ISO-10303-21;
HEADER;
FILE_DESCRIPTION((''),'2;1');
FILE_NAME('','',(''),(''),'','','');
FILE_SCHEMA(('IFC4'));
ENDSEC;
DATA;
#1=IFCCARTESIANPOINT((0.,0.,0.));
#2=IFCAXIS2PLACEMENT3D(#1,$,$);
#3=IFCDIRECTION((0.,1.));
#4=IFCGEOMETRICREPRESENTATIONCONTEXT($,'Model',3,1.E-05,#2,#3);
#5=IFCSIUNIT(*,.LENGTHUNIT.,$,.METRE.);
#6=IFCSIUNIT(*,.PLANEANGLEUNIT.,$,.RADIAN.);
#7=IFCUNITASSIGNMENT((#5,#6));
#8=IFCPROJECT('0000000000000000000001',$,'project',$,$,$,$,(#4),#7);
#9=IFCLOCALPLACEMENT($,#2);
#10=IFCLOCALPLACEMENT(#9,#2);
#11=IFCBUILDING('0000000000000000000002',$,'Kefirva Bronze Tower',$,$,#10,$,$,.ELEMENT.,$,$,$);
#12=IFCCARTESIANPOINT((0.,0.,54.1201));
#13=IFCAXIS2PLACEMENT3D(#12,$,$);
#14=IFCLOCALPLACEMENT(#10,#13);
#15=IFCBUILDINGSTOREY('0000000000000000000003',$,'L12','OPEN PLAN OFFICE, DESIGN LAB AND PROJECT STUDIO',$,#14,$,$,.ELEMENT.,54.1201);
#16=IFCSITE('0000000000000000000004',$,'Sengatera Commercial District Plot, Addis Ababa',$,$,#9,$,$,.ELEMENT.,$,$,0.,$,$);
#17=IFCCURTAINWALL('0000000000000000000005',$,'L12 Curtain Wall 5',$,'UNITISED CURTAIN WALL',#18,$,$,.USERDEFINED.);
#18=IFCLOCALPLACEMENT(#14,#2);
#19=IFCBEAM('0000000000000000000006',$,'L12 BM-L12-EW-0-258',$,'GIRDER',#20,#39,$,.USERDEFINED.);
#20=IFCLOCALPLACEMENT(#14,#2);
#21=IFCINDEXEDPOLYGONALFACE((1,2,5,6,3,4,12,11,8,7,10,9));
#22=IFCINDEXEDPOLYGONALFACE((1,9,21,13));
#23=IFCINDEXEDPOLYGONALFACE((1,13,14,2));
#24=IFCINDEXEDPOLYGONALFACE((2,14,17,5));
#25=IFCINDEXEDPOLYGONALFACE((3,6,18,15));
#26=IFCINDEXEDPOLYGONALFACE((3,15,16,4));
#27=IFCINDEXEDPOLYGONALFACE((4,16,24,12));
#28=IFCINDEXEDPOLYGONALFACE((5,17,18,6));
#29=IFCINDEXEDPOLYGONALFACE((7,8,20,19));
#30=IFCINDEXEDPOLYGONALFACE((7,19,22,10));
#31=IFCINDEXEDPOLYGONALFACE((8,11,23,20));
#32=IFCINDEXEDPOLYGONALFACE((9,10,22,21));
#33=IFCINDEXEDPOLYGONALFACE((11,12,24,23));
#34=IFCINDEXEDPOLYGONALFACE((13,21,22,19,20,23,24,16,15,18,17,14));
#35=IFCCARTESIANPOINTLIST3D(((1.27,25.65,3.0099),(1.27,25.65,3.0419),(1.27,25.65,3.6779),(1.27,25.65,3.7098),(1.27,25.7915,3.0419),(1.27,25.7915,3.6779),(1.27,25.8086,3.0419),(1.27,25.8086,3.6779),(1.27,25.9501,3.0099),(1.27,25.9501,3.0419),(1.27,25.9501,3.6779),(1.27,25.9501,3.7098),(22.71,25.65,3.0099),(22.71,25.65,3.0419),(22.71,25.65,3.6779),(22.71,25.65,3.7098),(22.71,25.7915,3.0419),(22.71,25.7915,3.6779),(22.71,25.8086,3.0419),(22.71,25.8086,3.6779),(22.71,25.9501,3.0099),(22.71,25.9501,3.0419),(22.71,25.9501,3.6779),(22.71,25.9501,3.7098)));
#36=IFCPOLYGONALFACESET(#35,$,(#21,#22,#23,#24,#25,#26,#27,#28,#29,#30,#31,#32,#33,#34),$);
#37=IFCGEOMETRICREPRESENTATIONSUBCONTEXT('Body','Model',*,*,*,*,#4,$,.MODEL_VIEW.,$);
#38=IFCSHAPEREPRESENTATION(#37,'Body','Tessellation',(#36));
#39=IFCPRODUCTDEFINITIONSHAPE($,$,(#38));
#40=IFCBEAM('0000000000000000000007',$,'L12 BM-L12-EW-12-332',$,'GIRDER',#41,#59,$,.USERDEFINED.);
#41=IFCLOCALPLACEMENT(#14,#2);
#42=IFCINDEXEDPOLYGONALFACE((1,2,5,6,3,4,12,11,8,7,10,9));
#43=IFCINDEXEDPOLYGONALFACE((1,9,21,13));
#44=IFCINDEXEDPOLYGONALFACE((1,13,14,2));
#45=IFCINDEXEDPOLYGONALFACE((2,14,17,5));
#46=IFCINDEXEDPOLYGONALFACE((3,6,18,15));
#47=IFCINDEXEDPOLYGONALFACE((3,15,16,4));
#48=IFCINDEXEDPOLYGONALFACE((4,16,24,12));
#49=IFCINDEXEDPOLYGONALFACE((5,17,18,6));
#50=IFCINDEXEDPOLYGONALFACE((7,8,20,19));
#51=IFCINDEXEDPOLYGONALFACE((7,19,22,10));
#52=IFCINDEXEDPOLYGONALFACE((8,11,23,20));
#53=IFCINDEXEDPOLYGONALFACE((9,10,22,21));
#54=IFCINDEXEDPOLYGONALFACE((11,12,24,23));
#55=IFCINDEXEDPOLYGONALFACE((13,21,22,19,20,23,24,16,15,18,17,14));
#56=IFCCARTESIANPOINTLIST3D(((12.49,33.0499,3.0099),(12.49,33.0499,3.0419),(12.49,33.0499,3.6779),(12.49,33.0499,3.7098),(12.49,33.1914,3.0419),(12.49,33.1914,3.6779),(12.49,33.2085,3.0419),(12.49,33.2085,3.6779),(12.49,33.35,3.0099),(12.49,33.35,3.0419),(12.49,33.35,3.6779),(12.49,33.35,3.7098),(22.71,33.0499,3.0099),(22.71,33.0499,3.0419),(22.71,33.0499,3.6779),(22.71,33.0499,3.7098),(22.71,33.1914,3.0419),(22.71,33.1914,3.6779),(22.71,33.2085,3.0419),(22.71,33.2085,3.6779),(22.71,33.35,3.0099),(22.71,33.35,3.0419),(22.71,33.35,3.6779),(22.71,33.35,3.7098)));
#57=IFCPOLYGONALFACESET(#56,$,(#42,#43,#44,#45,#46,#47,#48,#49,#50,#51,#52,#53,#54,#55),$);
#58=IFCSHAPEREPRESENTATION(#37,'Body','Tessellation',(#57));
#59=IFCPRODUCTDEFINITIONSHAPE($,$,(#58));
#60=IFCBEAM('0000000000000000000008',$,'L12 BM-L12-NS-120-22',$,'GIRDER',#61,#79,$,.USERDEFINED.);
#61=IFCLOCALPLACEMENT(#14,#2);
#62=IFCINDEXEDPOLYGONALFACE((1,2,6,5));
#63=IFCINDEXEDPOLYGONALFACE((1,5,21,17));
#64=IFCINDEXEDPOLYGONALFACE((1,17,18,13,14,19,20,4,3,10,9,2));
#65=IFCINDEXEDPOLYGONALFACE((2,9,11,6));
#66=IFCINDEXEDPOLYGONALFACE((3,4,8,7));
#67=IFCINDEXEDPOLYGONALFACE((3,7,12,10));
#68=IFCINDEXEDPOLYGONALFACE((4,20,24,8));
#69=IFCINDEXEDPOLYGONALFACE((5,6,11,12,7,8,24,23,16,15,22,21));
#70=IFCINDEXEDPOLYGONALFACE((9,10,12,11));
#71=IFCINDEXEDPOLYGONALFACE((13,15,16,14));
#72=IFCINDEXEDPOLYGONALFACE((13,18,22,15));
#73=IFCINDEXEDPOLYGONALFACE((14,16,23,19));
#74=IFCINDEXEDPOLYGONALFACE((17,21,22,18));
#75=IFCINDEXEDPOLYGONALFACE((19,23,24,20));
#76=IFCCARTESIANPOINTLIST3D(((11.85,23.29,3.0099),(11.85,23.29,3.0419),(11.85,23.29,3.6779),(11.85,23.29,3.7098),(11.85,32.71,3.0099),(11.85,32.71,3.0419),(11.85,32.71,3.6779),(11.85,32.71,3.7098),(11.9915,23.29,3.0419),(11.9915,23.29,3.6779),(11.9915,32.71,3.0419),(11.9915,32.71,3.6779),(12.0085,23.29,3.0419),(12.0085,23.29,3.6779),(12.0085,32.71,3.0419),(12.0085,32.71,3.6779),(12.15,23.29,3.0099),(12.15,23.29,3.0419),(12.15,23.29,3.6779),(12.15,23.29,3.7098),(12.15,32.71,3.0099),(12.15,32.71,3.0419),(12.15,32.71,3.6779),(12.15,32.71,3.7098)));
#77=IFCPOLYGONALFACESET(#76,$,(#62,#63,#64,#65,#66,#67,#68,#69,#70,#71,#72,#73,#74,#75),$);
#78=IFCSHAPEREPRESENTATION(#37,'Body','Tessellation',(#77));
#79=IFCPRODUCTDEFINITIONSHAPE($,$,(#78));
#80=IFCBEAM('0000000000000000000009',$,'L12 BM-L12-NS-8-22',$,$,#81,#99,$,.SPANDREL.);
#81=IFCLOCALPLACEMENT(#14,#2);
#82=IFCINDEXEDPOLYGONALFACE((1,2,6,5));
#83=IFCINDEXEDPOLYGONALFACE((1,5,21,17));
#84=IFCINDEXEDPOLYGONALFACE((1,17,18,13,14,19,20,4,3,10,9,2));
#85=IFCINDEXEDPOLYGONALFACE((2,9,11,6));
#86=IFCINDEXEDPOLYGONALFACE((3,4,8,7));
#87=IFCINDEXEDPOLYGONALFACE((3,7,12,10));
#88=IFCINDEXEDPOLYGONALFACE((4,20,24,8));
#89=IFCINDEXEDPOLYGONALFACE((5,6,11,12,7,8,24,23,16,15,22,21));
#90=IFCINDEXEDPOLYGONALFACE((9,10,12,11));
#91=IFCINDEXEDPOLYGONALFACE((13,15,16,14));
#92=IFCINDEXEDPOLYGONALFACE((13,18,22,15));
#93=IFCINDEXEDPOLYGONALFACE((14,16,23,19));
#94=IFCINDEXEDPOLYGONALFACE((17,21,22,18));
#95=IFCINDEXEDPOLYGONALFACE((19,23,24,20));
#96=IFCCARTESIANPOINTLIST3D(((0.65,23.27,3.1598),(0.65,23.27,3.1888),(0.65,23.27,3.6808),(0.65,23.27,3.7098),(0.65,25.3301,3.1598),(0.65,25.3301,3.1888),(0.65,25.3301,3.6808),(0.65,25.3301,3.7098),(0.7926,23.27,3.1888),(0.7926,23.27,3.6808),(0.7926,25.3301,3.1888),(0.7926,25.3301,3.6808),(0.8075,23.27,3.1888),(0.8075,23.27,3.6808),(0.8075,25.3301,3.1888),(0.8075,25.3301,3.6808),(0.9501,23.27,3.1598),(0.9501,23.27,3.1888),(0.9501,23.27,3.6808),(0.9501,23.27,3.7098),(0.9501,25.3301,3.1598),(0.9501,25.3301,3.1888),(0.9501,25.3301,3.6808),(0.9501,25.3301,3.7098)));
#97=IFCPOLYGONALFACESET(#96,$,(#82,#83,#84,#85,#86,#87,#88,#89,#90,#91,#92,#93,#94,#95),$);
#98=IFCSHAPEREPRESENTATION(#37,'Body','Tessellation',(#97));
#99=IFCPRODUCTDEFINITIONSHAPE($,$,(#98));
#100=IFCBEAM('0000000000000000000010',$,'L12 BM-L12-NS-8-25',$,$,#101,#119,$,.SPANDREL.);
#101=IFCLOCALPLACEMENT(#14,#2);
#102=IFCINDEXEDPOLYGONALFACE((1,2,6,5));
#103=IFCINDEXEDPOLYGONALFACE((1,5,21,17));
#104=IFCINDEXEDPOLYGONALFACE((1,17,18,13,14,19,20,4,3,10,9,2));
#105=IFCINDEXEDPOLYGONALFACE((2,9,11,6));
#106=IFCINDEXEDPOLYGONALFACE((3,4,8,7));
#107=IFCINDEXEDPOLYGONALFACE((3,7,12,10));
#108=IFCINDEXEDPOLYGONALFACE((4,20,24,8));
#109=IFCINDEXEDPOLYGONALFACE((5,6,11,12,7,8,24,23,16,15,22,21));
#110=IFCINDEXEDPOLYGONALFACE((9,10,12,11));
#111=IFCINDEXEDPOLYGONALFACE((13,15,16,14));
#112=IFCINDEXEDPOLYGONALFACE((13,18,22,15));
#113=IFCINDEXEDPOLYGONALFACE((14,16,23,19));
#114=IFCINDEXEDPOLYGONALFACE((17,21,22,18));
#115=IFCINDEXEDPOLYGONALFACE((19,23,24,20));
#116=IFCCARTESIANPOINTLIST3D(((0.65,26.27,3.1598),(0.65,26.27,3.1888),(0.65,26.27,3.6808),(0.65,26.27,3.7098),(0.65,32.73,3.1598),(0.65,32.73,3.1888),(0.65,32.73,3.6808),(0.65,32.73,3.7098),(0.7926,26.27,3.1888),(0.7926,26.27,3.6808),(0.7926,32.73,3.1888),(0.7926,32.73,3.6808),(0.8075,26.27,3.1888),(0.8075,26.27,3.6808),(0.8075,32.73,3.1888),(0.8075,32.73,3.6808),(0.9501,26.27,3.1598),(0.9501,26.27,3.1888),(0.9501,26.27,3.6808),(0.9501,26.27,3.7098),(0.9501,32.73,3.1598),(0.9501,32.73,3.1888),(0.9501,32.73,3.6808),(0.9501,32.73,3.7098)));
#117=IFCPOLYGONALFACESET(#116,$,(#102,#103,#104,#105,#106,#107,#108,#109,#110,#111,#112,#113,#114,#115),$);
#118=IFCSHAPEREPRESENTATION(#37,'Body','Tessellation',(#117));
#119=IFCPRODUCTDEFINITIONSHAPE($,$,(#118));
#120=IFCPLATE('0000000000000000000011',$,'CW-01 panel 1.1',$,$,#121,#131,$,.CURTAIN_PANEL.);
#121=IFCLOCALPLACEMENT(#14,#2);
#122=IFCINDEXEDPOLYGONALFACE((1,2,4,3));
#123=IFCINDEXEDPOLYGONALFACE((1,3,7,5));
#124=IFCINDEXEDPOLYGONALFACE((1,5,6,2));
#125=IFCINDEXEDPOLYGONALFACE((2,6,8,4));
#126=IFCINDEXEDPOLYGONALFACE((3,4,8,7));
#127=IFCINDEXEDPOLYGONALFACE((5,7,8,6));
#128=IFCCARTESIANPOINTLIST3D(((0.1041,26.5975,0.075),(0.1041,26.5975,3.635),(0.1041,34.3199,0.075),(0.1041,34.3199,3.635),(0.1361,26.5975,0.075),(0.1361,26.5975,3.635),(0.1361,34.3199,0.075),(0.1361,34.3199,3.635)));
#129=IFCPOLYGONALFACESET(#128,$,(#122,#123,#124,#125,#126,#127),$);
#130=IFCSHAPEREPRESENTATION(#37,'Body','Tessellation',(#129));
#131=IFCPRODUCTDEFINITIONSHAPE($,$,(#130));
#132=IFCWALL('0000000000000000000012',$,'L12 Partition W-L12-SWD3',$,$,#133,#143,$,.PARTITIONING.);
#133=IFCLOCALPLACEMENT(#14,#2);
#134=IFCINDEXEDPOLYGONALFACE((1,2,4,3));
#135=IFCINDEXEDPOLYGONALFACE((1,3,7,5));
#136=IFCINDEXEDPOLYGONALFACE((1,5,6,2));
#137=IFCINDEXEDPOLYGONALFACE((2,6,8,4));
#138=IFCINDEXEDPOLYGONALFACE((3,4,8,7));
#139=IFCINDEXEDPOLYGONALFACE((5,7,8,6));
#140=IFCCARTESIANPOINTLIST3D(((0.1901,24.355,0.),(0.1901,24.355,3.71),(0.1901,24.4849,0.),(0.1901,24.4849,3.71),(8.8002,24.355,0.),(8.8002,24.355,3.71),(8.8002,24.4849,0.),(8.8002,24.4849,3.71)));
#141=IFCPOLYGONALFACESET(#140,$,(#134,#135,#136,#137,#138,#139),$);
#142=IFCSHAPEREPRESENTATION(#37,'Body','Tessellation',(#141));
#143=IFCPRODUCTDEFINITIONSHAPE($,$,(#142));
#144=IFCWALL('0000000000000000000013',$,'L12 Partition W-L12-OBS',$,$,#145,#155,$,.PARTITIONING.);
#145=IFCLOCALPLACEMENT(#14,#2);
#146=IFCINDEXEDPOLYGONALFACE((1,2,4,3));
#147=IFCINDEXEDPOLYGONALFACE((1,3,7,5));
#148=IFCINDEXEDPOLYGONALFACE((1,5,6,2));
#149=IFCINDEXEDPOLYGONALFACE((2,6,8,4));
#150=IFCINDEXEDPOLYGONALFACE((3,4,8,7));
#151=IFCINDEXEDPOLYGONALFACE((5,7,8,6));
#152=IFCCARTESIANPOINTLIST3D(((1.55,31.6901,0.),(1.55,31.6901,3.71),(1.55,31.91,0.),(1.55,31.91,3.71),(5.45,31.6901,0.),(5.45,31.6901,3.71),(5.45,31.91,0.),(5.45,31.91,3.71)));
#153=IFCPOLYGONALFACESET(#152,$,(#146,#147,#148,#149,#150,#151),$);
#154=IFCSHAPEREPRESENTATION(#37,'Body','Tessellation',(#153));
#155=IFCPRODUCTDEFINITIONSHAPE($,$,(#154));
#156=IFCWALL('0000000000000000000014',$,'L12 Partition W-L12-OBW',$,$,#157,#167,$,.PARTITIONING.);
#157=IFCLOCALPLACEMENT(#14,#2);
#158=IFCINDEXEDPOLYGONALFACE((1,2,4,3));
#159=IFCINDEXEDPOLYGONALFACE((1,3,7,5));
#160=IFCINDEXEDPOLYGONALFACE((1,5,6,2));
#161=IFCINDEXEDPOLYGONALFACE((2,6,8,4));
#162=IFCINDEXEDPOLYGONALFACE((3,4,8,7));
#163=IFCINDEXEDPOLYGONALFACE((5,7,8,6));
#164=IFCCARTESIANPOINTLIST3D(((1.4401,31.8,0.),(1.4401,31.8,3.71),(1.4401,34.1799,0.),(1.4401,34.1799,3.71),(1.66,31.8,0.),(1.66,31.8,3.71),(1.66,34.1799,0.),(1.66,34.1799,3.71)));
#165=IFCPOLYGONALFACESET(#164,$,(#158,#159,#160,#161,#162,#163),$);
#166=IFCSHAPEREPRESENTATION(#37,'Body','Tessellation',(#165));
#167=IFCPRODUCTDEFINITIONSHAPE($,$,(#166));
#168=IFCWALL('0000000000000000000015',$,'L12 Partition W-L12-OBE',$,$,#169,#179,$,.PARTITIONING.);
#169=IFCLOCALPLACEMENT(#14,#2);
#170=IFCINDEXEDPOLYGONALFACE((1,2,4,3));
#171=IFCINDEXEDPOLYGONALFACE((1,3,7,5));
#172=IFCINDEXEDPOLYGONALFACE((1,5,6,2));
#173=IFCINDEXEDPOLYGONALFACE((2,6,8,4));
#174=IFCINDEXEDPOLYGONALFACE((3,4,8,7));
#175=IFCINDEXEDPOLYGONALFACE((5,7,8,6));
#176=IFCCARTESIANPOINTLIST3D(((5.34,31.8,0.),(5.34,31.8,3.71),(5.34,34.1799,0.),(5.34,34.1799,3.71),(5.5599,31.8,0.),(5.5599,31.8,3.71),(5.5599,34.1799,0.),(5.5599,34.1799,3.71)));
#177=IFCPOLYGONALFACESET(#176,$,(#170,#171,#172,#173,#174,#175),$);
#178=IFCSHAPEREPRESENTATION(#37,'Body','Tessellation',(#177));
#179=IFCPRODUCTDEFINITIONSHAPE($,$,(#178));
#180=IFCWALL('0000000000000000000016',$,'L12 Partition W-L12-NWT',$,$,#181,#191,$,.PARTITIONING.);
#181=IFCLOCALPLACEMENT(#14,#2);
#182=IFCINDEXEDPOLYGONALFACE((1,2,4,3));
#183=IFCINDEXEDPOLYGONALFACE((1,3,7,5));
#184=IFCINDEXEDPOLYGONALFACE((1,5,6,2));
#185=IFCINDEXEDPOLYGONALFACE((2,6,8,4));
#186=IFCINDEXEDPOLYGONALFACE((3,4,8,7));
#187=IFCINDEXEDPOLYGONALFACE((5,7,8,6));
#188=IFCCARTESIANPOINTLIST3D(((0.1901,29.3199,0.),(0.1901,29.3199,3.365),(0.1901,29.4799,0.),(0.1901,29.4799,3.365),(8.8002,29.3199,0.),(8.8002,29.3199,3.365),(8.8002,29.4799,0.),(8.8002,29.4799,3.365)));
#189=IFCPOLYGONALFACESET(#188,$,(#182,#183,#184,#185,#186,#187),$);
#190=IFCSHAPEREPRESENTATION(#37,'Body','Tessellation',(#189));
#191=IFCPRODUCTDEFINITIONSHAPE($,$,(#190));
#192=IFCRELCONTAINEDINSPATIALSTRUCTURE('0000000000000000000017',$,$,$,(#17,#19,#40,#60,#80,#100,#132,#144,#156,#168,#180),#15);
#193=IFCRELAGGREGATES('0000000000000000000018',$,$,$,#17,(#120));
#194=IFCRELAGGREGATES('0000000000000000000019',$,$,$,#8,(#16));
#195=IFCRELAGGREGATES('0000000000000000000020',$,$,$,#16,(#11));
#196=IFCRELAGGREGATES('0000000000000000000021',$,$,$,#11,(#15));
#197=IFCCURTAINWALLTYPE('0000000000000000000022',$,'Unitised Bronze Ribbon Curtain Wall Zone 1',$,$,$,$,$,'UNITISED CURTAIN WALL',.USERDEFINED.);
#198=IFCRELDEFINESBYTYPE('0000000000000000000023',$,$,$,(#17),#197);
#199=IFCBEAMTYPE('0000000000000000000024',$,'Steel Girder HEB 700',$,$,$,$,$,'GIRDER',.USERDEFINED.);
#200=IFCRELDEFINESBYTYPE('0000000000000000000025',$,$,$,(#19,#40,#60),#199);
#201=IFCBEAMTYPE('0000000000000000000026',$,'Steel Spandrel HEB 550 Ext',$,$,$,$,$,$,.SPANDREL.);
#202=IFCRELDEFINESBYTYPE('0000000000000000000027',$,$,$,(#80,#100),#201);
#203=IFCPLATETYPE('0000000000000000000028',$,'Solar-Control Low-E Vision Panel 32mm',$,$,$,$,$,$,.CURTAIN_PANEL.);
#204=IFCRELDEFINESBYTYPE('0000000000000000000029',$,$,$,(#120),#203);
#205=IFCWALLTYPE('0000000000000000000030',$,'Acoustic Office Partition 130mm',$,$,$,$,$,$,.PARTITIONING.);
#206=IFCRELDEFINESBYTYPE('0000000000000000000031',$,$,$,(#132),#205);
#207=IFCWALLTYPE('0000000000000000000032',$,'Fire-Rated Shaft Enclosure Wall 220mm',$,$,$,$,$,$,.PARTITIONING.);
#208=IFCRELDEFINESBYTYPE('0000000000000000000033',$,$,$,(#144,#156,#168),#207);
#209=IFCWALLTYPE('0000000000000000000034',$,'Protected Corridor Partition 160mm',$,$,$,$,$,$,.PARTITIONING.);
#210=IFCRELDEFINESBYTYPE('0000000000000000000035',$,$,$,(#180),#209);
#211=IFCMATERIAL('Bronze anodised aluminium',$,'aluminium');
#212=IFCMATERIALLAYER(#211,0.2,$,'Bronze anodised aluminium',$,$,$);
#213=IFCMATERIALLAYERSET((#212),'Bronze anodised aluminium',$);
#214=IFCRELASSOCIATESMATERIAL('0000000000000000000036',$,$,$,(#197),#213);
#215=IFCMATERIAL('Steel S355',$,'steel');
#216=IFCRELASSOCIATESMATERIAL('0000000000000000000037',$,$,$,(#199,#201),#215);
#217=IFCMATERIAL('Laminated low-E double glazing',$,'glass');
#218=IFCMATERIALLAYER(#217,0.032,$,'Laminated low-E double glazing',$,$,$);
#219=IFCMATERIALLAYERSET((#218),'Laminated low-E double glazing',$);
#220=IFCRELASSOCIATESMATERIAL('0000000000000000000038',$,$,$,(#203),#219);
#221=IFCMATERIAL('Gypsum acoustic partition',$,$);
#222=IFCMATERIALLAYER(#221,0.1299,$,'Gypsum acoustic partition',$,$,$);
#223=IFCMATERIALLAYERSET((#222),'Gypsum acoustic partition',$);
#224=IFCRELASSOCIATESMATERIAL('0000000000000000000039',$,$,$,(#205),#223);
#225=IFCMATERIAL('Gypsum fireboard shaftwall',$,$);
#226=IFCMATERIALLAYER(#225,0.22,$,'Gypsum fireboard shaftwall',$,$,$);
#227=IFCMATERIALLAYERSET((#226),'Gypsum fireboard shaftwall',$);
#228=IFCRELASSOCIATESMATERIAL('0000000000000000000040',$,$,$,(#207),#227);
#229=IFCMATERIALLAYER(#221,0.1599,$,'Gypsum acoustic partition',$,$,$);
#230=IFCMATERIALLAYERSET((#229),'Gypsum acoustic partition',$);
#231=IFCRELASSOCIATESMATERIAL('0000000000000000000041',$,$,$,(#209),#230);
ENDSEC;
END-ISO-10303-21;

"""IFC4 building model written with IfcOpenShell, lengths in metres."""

from ifc_helpers import new_model, si_unit, direction, frame, frame_2d, origin, origin_2d, place, context, subcontext, project, spatial, rectangle, i_section, extrude, material, layer, layer_set, material_profile, profile_set, type_object, element, aggregate, save


model = new_model("IFC4")

# Units and contexts
model_context = context("Model", 3, precision=1e-05, world=origin(), true_north=direction((0.0, 1.0)))
body_context = subcontext(model_context, "Body", "Model", "MODEL_VIEW")
ifc_project = project(units=[si_unit("LENGTHUNIT", "METRE"), si_unit("PLANEANGLEUNIT", "RADIAN")], contexts=[model_context])

# Site, building, storey
site_placement = place(None, origin())
site = spatial("IfcSite", under=ifc_project, at=site_placement, Name="Sengatera Commercial District Plot, Addis Ababa", CompositionType="ELEMENT", RefElevation=0.0)
building_placement = place(site_placement, origin())
building = spatial("IfcBuilding", under=site, at=building_placement, Name="Kefirva Bronze Tower", CompositionType="ELEMENT")
storey_placement = place(building_placement, frame((0.0, 0.0, 54.1201)))
storey = spatial("IfcBuildingStorey", under=building, at=storey_placement, Name="L12", Description="OPEN PLAN OFFICE, DESIGN LAB AND PROJECT STUDIO", CompositionType="ELEMENT", Elevation=54.1201)

# Curtain wall
ifc_material_1 = material(Name="Bronze anodised aluminium", Category="aluminium")
ifc_layer_1 = layer(ifc_material_1, 0.2, Name="Bronze anodised aluminium")
ifc_layer_set_1 = layer_set([ifc_layer_1], Name="Bronze anodised aluminium")
curtain_wall_type = type_object("IfcCurtainWallType", Name="Unitised Bronze Ribbon Curtain Wall Zone 1", ElementType="UNITISED CURTAIN WALL", PredefinedType="USERDEFINED", material=ifc_layer_set_1)
curtain_wall_placement = place(storey_placement, origin())
curtain_wall = element("IfcCurtainWall", 1, at=curtain_wall_placement, inside=storey, type_object=curtain_wall_type, Name="L12 Curtain Wall 5", ObjectType="UNITISED CURTAIN WALL", PredefinedType="USERDEFINED")

# Beams
ifc_material_2 = material(Name="Steel S355", Category="steel")
ifc_material_profile_1 = material_profile(ifc_material_2, i_section(OverallWidth=0.3, OverallDepth=0.7, WebThickness=0.0171, FlangeThickness=0.032, at=origin_2d()), Name="HEB 700")
ifc_profile_set_1 = profile_set([ifc_material_profile_1], Name="Steel S355")
beam_type_1 = type_object("IfcBeamType", Name="Steel Girder HEB 700", ElementType="GIRDER", PredefinedType="USERDEFINED", material=ifc_profile_set_1)
beam_1_placement = place(storey_placement, frame((1.27, 25.8, 3.3599), z_axis=(1.0, 0.0, 0.0), x_axis=(0.0, 1.0, 0.0)))
element("IfcBeam", 2, at=beam_1_placement, inside=storey, type_object=beam_type_1, Name="L12 BM-L12-EW-0-258", ObjectType="GIRDER", PredefinedType="USERDEFINED", context=body_context, shape_type="SweptSolid", body=[
    extrude(i_section(OverallWidth=0.3, OverallDepth=0.7, WebThickness=0.0171, FlangeThickness=0.032, at=origin_2d()), origin(), (0.0, 0.0, 1.0), 21.4399),
])
beam_2_placement = place(storey_placement, frame((12.49, 33.2, 3.3599), z_axis=(1.0, 0.0, 0.0), x_axis=(0.0, 1.0, 0.0)))
element("IfcBeam", 3, at=beam_2_placement, inside=storey, type_object=beam_type_1, Name="L12 BM-L12-EW-12-332", ObjectType="GIRDER", PredefinedType="USERDEFINED", context=body_context, shape_type="SweptSolid", body=[
    extrude(i_section(OverallWidth=0.3, OverallDepth=0.7, WebThickness=0.0171, FlangeThickness=0.032, at=origin_2d()), origin(), (0.0, 0.0, 1.0), 10.22),
])
beam_3_placement = place(storey_placement, frame((12.0, 23.29, 3.3599), z_axis=(0.0, 1.0, 0.0), x_axis=(-1.0, 0.0, 0.0)))
element("IfcBeam", 4, at=beam_3_placement, inside=storey, type_object=beam_type_1, Name="L12 BM-L12-NS-120-22", ObjectType="GIRDER", PredefinedType="USERDEFINED", context=body_context, shape_type="SweptSolid", body=[
    extrude(i_section(OverallWidth=0.3, OverallDepth=0.7, WebThickness=0.0171, FlangeThickness=0.032, at=origin_2d()), origin(), (0.0, 0.0, 1.0), 9.4199),
])
ifc_material_profile_2 = material_profile(ifc_material_2, i_section(OverallWidth=0.3, OverallDepth=0.55, WebThickness=0.0149, FlangeThickness=0.0291, at=origin_2d()), Name="HEB 550")
ifc_profile_set_2 = profile_set([ifc_material_profile_2], Name="Steel S355")
beam_type_2 = type_object("IfcBeamType", Name="Steel Spandrel HEB 550 Ext", PredefinedType="SPANDREL", material=ifc_profile_set_2)
beam_4_placement = place(storey_placement, frame((0.8, 23.27, 3.4348), z_axis=(0.0, 1.0, 0.0), x_axis=(-1.0, 0.0, 0.0)))
element("IfcBeam", 5, at=beam_4_placement, inside=storey, type_object=beam_type_2, Name="L12 BM-L12-NS-8-22", PredefinedType="SPANDREL", context=body_context, shape_type="SweptSolid", body=[
    extrude(i_section(OverallWidth=0.3, OverallDepth=0.55, WebThickness=0.0149, FlangeThickness=0.0291, at=origin_2d()), origin(), (0.0, 0.0, 1.0), 2.0601),
])
beam_5_placement = place(storey_placement, frame((0.8, 26.27, 3.4348), z_axis=(0.0, 1.0, 0.0), x_axis=(-1.0, 0.0, 0.0)))
element("IfcBeam", 6, at=beam_5_placement, inside=storey, type_object=beam_type_2, Name="L12 BM-L12-NS-8-25", PredefinedType="SPANDREL", context=body_context, shape_type="SweptSolid", body=[
    extrude(i_section(OverallWidth=0.3, OverallDepth=0.55, WebThickness=0.0149, FlangeThickness=0.0291, at=origin_2d()), origin(), (0.0, 0.0, 1.0), 6.46),
])

# Plate
ifc_material_3 = material(Name="Laminated low-E double glazing", Category="glass")
ifc_layer_2 = layer(ifc_material_3, 0.032, Name="Laminated low-E double glazing")
ifc_layer_set_2 = layer_set([ifc_layer_2], Name="Laminated low-E double glazing")
plate_type = type_object("IfcPlateType", Name="Solar-Control Low-E Vision Panel 32mm", PredefinedType="CURTAIN_PANEL", material=ifc_layer_set_2)
plate_placement = place(storey_placement, frame((0.1201, 30.4587, 0.075), z_axis=(0.0, 0.0, 1.0), x_axis=(0.0, -1.0, 0.0)))
plate = element("IfcPlate", 7, at=plate_placement, type_object=plate_type, Name="CW-01 panel 1.1", PredefinedType="CURTAIN_PANEL", context=body_context, shape_type="SweptSolid", body=[
    extrude(rectangle(XDim=7.7224, YDim=0.032, at=origin_2d()), origin(), (0.0, 0.0, 1.0), 3.5601),
])
aggregate(curtain_wall, [plate])

# Walls
ifc_material_4 = material(Name="Gypsum acoustic partition")
ifc_layer_3 = layer(ifc_material_4, 0.1299, Name="Gypsum acoustic partition")
ifc_layer_set_3 = layer_set([ifc_layer_3], Name="Gypsum acoustic partition")
wall_type_1 = type_object("IfcWallType", Name="Acoustic Office Partition 130mm", PredefinedType="PARTITIONING", material=ifc_layer_set_3)
wall_1_placement = place(storey_placement, frame((0.1899, 24.4199, 0.0), z_axis=(0.0, 0.0, 1.0), x_axis=(1.0, 0.0, 0.0)))
element("IfcWall", 8, at=wall_1_placement, inside=storey, type_object=wall_type_1, Name="L12 Partition W-L12-SWD3", PredefinedType="PARTITIONING", context=body_context, shape_type="SweptSolid", body=[
    extrude(rectangle(XDim=8.6101, YDim=0.1299, at=frame_2d((4.3052, 0.0))), origin(), (0.0, 0.0, 1.0), 3.71),
])
ifc_material_5 = material(Name="Gypsum fireboard shaftwall")
ifc_layer_4 = layer(ifc_material_5, 0.22, Name="Gypsum fireboard shaftwall")
ifc_layer_set_4 = layer_set([ifc_layer_4], Name="Gypsum fireboard shaftwall")
wall_type_2 = type_object("IfcWallType", Name="Fire-Rated Shaft Enclosure Wall 220mm", PredefinedType="PARTITIONING", material=ifc_layer_set_4)
wall_2_placement = place(storey_placement, frame((1.55, 31.8, 0.0), z_axis=(0.0, 0.0, 1.0), x_axis=(1.0, 0.0, 0.0)))
element("IfcWall", 9, at=wall_2_placement, inside=storey, type_object=wall_type_2, Name="L12 Partition W-L12-OBS", PredefinedType="PARTITIONING", context=body_context, shape_type="SweptSolid", body=[
    extrude(rectangle(XDim=3.8999, YDim=0.22, at=frame_2d((1.95, 0.0))), origin(), (0.0, 0.0, 1.0), 3.71),
])
for number, where, z_axis, x_axis, name in (
    (10, (1.55, 31.8, 0.0), (0.0, 0.0, 1.0), (0.0, 1.0, 0.0), "L12 Partition W-L12-OBW"),
    (11, (5.45, 31.8, 0.0), (0.0, 0.0, 1.0), (0.0, 1.0, 0.0), "L12 Partition W-L12-OBE"),
):
    element("IfcWall", number, at=place(storey_placement, frame(where, z_axis=z_axis, x_axis=x_axis)), inside=storey, type_object=wall_type_2, Name=name, PredefinedType="PARTITIONING", context=body_context, shape_type="SweptSolid", body=[
        extrude(rectangle(XDim=2.3799, YDim=0.22, at=frame_2d((1.1899, 0.0))), origin(), (0.0, 0.0, 1.0), 3.71),
    ])
ifc_layer_5 = layer(ifc_material_4, 0.1599, Name="Gypsum acoustic partition")
ifc_layer_set_5 = layer_set([ifc_layer_5], Name="Gypsum acoustic partition")
wall_type_3 = type_object("IfcWallType", Name="Protected Corridor Partition 160mm", PredefinedType="PARTITIONING", material=ifc_layer_set_5)
wall_3_placement = place(storey_placement, frame((0.1899, 29.3999, 0.0), z_axis=(0.0, 0.0, 1.0), x_axis=(1.0, 0.0, 0.0)))
element("IfcWall", 12, at=wall_3_placement, inside=storey, type_object=wall_type_3, Name="L12 Partition W-L12-NWT", PredefinedType="PARTITIONING", context=body_context, shape_type="SweptSolid", body=[
    extrude(rectangle(XDim=8.6101, YDim=0.1599, at=frame_2d((4.3052, 0.0))), origin(), (0.0, 0.0, 1.0), 3.365),
])

save(model, "model.ifc")
